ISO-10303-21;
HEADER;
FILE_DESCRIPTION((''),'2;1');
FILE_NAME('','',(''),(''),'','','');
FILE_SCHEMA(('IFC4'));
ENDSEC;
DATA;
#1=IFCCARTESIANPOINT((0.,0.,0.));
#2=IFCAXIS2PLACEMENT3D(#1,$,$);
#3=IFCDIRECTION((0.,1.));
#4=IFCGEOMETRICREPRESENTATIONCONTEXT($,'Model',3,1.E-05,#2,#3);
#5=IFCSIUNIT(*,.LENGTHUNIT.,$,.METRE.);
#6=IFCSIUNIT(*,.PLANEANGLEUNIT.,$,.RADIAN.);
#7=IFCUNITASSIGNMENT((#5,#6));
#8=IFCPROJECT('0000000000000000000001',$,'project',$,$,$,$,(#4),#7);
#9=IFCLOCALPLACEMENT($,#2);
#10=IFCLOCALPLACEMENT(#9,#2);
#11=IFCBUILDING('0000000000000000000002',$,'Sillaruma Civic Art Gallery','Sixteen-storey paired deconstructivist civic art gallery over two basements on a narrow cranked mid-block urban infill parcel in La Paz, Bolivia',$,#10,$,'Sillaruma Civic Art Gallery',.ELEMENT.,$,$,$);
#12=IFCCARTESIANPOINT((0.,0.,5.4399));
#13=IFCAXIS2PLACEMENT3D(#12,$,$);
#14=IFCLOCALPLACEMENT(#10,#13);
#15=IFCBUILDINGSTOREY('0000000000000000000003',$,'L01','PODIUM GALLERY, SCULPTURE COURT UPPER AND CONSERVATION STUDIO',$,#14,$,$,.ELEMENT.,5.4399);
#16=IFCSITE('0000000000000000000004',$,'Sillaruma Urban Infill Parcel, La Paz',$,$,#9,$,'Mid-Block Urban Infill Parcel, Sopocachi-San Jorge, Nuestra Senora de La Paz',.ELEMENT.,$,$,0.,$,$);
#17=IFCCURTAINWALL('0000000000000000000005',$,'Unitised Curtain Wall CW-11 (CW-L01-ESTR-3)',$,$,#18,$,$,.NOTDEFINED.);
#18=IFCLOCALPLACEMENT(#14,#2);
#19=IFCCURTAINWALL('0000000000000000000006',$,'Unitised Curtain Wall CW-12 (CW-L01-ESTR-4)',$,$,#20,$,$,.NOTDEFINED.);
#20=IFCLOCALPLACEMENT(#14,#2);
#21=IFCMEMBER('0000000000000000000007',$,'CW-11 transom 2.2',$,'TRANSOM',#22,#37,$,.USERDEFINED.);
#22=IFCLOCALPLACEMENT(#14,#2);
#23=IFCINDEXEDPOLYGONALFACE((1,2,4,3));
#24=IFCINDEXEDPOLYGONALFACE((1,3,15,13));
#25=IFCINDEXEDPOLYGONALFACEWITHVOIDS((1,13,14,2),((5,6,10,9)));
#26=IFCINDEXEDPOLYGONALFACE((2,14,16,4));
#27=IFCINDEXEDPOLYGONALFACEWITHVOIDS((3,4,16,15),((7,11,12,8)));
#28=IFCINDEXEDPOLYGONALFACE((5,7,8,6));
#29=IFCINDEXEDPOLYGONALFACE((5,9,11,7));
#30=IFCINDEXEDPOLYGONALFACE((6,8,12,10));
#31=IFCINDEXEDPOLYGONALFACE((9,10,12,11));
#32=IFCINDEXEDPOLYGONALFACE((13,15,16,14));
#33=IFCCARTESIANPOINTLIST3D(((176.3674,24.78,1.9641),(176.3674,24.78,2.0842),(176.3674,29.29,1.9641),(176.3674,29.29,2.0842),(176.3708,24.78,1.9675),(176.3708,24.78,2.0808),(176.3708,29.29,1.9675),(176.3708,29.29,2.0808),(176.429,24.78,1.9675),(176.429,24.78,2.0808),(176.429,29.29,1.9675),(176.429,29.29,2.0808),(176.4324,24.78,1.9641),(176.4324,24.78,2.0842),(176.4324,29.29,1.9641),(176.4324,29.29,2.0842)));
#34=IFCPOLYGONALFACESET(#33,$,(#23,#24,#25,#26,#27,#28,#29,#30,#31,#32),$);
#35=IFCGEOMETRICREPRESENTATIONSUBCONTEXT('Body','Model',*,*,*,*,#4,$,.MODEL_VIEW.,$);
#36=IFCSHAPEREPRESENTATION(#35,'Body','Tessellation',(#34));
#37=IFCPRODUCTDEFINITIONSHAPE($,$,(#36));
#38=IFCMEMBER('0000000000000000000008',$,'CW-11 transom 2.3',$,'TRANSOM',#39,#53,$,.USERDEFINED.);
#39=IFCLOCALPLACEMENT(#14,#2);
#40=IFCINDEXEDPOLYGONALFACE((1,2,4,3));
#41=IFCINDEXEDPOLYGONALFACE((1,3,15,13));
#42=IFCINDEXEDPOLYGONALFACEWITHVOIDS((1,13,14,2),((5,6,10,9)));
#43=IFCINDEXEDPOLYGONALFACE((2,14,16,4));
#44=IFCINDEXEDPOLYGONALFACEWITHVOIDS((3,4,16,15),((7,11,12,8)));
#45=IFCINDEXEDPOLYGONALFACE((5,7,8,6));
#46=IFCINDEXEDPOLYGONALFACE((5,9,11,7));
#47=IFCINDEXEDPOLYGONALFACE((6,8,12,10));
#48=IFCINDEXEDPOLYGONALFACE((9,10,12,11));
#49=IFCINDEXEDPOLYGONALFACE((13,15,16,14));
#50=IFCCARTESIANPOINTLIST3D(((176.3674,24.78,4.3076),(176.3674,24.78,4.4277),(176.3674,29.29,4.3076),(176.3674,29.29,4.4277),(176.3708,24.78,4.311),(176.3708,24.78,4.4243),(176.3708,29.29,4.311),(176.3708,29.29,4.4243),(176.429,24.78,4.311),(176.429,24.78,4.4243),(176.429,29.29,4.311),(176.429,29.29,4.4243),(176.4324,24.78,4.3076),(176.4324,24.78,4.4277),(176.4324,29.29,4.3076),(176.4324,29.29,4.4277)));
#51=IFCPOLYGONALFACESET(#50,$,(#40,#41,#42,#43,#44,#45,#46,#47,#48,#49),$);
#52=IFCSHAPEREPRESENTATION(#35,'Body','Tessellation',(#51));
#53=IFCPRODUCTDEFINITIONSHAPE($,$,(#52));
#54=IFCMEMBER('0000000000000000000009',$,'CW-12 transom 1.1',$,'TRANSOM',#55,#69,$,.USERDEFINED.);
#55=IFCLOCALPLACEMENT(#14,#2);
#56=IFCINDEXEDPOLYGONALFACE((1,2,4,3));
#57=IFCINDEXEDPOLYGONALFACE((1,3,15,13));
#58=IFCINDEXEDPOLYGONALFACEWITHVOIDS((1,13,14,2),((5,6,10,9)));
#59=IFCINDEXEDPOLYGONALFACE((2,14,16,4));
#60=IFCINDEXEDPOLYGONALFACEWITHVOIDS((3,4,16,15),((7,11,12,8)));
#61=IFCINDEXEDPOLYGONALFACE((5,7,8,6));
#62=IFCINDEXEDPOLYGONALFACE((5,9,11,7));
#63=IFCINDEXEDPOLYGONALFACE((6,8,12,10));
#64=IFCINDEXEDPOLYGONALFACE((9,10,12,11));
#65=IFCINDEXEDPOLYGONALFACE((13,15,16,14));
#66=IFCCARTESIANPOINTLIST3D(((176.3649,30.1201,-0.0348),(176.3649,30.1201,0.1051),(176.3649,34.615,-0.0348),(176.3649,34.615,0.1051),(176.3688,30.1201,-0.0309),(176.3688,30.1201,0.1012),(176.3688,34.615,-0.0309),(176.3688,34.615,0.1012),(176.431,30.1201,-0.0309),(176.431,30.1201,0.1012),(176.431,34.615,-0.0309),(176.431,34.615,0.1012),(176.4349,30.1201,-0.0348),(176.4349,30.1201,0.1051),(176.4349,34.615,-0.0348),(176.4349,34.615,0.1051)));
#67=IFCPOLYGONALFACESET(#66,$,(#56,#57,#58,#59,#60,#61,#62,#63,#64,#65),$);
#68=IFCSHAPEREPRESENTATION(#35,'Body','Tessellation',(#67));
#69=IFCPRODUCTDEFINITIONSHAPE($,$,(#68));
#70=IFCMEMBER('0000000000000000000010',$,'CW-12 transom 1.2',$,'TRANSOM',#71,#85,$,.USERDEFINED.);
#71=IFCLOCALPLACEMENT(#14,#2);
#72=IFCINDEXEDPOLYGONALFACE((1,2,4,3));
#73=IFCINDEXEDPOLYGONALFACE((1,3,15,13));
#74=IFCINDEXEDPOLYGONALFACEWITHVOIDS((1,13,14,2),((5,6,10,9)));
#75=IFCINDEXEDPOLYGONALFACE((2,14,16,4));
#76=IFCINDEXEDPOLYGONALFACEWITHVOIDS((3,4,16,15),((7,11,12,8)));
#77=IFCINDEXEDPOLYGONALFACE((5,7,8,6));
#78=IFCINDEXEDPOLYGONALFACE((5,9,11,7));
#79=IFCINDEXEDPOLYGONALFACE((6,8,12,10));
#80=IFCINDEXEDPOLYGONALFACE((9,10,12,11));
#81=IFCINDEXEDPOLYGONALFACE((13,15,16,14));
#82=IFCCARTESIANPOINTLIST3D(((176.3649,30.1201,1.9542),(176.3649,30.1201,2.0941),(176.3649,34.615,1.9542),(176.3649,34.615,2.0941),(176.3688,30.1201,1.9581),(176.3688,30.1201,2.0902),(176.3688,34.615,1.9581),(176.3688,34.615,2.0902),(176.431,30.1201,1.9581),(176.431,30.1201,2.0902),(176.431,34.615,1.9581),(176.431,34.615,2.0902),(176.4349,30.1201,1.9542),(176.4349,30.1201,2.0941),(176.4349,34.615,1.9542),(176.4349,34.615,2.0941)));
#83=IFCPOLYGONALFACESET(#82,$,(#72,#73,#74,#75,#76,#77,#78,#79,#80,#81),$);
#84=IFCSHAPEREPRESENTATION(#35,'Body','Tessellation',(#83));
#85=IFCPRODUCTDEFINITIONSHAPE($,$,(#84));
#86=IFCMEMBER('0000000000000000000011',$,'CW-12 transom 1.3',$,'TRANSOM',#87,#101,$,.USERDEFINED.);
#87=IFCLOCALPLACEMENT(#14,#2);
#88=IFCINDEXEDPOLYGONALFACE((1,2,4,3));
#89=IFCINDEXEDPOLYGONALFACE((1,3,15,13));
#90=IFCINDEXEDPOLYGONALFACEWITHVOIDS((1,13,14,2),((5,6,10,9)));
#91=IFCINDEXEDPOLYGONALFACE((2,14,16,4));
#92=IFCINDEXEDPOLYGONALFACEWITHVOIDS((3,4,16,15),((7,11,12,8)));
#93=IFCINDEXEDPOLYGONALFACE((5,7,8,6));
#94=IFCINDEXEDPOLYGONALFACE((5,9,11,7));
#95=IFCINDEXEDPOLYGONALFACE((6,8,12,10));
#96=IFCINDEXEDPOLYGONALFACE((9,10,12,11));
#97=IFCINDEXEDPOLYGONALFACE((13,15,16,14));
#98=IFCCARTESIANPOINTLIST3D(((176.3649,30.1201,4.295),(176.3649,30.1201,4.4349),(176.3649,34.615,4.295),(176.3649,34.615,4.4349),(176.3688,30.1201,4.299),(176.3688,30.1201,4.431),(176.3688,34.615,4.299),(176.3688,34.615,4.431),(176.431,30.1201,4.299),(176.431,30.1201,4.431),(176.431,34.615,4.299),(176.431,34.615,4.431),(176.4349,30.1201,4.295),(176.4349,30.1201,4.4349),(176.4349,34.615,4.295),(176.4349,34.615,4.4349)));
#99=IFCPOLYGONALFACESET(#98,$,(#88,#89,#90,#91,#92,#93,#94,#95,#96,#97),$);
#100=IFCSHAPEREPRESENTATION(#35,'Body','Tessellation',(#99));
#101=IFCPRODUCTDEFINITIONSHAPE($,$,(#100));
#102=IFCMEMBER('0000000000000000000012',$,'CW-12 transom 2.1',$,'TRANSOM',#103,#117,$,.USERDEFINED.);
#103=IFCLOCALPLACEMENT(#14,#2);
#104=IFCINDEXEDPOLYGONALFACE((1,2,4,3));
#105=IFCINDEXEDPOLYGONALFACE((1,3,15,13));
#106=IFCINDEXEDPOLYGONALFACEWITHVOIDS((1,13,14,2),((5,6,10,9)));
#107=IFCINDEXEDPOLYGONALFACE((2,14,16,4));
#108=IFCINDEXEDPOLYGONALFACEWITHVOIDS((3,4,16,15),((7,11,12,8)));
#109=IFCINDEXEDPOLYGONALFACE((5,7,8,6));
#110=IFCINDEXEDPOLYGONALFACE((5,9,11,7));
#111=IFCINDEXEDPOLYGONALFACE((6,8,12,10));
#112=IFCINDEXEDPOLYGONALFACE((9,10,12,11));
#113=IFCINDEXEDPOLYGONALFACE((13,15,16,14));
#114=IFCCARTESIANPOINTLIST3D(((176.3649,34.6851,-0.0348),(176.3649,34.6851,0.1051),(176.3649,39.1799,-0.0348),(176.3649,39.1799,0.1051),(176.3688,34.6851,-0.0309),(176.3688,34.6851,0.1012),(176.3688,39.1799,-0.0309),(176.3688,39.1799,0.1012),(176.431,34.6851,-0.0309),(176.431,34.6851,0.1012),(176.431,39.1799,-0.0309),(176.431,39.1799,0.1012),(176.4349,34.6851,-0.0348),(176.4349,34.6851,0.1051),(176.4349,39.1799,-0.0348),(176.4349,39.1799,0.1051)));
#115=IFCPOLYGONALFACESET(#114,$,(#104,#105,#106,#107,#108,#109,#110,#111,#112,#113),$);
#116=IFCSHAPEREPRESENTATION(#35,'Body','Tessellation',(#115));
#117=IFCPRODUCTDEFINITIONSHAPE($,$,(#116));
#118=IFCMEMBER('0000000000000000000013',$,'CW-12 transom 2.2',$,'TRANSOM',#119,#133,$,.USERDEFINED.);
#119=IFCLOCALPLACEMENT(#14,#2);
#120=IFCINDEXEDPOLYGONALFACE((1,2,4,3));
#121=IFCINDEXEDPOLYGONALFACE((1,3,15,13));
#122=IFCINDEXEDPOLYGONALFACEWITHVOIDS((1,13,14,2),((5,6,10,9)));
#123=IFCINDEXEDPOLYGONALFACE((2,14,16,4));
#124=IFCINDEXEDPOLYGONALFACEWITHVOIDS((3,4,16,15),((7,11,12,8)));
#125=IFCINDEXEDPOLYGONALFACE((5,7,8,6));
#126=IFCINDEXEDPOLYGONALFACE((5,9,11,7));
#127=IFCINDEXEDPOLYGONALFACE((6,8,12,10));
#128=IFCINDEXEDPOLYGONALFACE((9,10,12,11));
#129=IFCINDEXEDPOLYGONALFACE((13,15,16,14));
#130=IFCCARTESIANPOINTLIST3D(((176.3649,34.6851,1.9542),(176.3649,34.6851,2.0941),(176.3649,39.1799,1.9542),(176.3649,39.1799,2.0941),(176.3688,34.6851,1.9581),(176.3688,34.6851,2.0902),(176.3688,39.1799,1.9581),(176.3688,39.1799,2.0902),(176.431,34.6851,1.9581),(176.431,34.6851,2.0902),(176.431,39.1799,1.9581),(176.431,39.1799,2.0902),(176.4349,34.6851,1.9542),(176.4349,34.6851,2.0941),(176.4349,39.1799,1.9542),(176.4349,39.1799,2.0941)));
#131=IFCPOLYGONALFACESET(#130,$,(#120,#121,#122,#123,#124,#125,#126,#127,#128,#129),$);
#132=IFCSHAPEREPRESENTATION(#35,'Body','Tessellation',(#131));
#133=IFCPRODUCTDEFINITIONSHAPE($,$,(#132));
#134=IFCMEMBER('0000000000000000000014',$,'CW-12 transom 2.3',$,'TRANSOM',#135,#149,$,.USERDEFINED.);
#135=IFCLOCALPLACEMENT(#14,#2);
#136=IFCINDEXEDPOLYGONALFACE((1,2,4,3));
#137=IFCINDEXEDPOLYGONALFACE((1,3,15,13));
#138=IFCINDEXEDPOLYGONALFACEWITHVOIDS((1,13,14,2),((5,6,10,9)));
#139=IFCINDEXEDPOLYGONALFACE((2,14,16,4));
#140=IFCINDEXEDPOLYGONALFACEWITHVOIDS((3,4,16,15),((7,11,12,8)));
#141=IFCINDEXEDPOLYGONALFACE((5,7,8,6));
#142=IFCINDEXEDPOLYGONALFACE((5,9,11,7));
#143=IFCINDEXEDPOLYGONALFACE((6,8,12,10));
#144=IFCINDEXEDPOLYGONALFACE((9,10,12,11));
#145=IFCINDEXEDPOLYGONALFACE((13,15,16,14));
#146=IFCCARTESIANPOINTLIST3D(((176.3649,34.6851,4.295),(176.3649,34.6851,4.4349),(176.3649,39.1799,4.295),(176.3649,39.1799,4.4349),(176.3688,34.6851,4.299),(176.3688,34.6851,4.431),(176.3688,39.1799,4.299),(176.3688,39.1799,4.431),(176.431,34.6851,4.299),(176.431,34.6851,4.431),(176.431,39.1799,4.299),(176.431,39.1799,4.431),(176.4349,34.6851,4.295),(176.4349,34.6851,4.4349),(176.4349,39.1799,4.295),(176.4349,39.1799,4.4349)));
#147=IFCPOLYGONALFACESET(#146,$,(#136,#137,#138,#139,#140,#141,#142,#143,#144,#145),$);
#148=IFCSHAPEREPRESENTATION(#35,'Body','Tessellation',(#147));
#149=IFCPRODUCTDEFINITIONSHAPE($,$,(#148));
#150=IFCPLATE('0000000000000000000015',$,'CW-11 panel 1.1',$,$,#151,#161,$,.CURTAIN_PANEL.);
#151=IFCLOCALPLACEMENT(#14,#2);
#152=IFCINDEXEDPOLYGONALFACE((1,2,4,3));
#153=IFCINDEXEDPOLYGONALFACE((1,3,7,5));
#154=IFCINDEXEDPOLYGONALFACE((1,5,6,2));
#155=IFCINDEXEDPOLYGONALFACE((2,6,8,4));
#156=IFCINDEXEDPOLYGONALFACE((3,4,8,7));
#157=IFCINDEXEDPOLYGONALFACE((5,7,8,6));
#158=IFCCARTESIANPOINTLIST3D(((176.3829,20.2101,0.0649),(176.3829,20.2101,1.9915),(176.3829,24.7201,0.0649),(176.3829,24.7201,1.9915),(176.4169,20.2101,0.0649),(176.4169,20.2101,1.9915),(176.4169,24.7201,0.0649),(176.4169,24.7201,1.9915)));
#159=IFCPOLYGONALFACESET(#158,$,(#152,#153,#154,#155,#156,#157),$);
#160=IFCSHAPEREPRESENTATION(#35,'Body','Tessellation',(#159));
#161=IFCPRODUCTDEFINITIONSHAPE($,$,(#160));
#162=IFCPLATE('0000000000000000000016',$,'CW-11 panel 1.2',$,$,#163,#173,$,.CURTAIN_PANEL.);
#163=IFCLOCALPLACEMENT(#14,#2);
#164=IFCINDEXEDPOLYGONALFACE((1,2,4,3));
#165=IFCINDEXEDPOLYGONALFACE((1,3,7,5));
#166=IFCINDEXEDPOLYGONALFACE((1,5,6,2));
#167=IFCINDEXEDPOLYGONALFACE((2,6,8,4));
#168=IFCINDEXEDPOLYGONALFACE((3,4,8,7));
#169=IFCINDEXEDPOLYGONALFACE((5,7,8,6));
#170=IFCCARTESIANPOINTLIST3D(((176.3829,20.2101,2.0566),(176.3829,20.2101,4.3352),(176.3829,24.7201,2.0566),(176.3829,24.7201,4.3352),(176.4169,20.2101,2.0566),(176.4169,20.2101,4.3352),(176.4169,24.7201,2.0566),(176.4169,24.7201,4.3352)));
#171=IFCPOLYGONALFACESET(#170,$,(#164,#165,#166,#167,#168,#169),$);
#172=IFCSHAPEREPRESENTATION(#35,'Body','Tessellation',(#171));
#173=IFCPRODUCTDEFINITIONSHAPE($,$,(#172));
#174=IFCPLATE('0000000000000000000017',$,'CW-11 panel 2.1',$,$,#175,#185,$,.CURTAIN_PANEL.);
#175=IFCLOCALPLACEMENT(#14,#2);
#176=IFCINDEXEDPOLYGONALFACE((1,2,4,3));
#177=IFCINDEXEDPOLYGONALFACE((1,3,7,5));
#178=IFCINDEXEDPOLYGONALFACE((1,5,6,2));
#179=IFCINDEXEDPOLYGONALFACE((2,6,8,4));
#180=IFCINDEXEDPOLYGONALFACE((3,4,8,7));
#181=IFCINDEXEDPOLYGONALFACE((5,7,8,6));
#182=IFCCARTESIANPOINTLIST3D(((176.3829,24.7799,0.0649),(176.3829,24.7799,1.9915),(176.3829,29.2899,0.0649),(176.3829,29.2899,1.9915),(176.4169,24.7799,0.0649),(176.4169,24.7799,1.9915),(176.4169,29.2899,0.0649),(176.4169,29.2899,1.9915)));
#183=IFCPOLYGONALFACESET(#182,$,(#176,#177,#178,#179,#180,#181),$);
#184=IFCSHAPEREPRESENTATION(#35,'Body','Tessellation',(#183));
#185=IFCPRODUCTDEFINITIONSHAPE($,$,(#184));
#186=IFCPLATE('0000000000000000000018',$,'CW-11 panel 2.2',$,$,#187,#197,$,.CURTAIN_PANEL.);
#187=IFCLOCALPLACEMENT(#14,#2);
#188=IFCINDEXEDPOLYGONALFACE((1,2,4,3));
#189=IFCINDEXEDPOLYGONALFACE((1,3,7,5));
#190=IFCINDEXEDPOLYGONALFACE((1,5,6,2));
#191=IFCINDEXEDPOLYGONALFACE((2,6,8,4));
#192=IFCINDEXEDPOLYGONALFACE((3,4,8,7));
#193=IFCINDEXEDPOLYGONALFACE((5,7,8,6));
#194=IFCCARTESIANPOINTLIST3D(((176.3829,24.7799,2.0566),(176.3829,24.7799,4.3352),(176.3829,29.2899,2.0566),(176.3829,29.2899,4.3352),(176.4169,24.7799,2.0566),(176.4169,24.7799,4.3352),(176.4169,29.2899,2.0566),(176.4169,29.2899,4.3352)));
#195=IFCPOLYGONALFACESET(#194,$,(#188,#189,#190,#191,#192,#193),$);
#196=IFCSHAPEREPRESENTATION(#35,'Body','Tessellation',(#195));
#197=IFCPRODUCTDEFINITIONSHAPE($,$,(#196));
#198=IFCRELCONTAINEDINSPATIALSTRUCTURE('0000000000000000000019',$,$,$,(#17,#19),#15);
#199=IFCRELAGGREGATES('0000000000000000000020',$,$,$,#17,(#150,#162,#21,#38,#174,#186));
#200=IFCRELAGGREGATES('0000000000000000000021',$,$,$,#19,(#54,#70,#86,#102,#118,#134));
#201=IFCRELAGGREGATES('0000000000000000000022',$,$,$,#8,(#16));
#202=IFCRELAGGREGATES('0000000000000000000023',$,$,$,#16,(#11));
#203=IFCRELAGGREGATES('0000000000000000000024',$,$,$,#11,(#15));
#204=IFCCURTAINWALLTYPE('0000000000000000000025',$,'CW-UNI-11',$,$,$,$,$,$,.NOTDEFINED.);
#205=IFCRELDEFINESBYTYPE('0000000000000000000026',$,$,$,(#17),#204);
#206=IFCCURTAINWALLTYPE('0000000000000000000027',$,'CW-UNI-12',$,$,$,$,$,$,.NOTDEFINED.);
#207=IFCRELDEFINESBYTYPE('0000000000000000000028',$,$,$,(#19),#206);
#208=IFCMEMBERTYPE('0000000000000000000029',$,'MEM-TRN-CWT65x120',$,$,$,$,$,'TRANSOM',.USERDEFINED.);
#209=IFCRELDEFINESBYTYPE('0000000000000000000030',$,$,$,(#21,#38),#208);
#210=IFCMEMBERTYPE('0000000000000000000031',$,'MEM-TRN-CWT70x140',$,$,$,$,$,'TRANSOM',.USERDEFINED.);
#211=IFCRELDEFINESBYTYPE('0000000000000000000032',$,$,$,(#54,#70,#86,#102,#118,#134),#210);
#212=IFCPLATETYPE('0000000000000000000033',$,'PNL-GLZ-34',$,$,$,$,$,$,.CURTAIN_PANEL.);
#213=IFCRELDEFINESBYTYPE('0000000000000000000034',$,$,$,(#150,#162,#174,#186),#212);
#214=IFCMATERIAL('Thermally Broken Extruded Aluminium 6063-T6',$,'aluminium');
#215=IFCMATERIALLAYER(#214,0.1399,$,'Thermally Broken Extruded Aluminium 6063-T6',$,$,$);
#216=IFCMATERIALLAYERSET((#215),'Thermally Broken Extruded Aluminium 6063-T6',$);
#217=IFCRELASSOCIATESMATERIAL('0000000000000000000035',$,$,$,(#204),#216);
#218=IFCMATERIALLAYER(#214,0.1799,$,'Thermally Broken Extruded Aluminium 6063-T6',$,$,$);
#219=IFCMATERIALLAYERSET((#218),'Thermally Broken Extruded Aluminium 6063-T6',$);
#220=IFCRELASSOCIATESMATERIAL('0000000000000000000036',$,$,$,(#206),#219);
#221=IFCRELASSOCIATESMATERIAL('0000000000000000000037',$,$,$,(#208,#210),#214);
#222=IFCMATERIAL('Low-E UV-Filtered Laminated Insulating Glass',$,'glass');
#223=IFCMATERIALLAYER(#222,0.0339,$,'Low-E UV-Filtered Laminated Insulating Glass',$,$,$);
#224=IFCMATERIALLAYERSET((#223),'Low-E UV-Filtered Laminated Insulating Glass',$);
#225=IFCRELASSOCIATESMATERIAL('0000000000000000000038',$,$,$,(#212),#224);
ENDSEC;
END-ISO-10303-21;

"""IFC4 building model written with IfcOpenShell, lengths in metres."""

from ifc_helpers import new_model, si_unit, direction, frame, origin, origin_2d, place, context, subcontext, project, spatial, rectangle, hollow_rectangle, extrude, material, layer, layer_set, material_profile, profile_set, type_object, element, aggregate, save


model = new_model("IFC4")

# Units and contexts
model_context = context("Model", 3, precision=1e-05, world=origin(), true_north=direction((0.0, 1.0)))
body_context = subcontext(model_context, "Body", "Model", "MODEL_VIEW")
ifc_project = project(units=[si_unit("LENGTHUNIT", "METRE"), si_unit("PLANEANGLEUNIT", "RADIAN")], contexts=[model_context])

# Site, building, storey
site_placement = place(None, origin())
site = spatial("IfcSite", under=ifc_project, at=site_placement, Name="Sillaruma Urban Infill Parcel, La Paz", LongName="Mid-Block Urban Infill Parcel, Sopocachi-San Jorge, Nuestra Senora de La Paz", CompositionType="ELEMENT", RefElevation=0.0)
building_placement = place(site_placement, origin())
building = spatial("IfcBuilding", under=site, at=building_placement, Name="Sillaruma Civic Art Gallery", Description="Sixteen-storey paired deconstructivist civic art gallery over two basements on a narrow cranked mid-block urban infill parcel in La Paz, Bolivia", LongName="Sillaruma Civic Art Gallery", CompositionType="ELEMENT")
storey_placement = place(building_placement, frame((0.0, 0.0, 5.4399)))
storey = spatial("IfcBuildingStorey", under=building, at=storey_placement, Name="L01", Description="PODIUM GALLERY, SCULPTURE COURT UPPER AND CONSERVATION STUDIO", CompositionType="ELEMENT", Elevation=5.4399)

# Curtain walls
ifc_material_1 = material(Name="Thermally Broken Extruded Aluminium 6063-T6", Category="aluminium")
ifc_layer_1 = layer(ifc_material_1, 0.1399, Name="Thermally Broken Extruded Aluminium 6063-T6")
ifc_layer_set_1 = layer_set([ifc_layer_1], Name="Thermally Broken Extruded Aluminium 6063-T6")
curtain_wall_type_1 = type_object("IfcCurtainWallType", Name="CW-UNI-11", PredefinedType="NOTDEFINED", material=ifc_layer_set_1)
curtain_wall_1_placement = place(storey_placement, origin())
curtain_wall_1 = element("IfcCurtainWall", 1, at=curtain_wall_1_placement, inside=storey, type_object=curtain_wall_type_1, Name="Unitised Curtain Wall CW-11 (CW-L01-ESTR-3)", PredefinedType="NOTDEFINED")
ifc_layer_2 = layer(ifc_material_1, 0.1799, Name="Thermally Broken Extruded Aluminium 6063-T6")
ifc_layer_set_2 = layer_set([ifc_layer_2], Name="Thermally Broken Extruded Aluminium 6063-T6")
curtain_wall_type_2 = type_object("IfcCurtainWallType", Name="CW-UNI-12", PredefinedType="NOTDEFINED", material=ifc_layer_set_2)
curtain_wall_2_placement = place(storey_placement, origin())
curtain_wall_2 = element("IfcCurtainWall", 2, at=curtain_wall_2_placement, inside=storey, type_object=curtain_wall_type_2, Name="Unitised Curtain Wall CW-12 (CW-L01-ESTR-4)", PredefinedType="NOTDEFINED")

# Members
ifc_material_profile_1 = material_profile(ifc_material_1, hollow_rectangle(XDim=0.0649, YDim=0.1201, WallThickness=0.0034, at=origin_2d()), Name="CWT65x120")
ifc_profile_set_1 = profile_set([ifc_material_profile_1], Name="Thermally Broken Extruded Aluminium 6063-T6")
member_type_1 = type_object("IfcMemberType", Name="MEM-TRN-CWT65x120", ElementType="TRANSOM", PredefinedType="USERDEFINED", material=ifc_profile_set_1)
member_1_placement = place(storey_placement, frame((176.3999, 24.78, 2.0242), z_axis=(0.0, 1.0, 0.0), x_axis=(-1.0, 0.0, 0.0)))
member_1 = element("IfcMember", 3, at=member_1_placement, type_object=member_type_1, Name="CW-11 transom 2.2", ObjectType="TRANSOM", PredefinedType="USERDEFINED", context=body_context, shape_type="SweptSolid", body=[
    extrude(hollow_rectangle(XDim=0.0649, YDim=0.1201, WallThickness=0.0034, at=origin_2d()), origin(), (0.0, 0.0, 1.0), 4.51),
])
member_2_placement = place(storey_placement, frame((176.3999, 24.78, 4.3677), z_axis=(0.0, 1.0, 0.0), x_axis=(-1.0, 0.0, 0.0)))
member_2 = element("IfcMember", 4, at=member_2_placement, type_object=member_type_1, Name="CW-11 transom 2.3", ObjectType="TRANSOM", PredefinedType="USERDEFINED", context=body_context, shape_type="SweptSolid", body=[
    extrude(hollow_rectangle(XDim=0.0649, YDim=0.1201, WallThickness=0.0034, at=origin_2d()), origin(), (0.0, 0.0, 1.0), 4.51),
])
ifc_material_profile_2 = material_profile(ifc_material_1, hollow_rectangle(XDim=0.0701, YDim=0.1399, WallThickness=0.0039, at=origin_2d()), Name="CWT70x140")
ifc_profile_set_2 = profile_set([ifc_material_profile_2], Name="Thermally Broken Extruded Aluminium 6063-T6")
member_type_2 = type_object("IfcMemberType", Name="MEM-TRN-CWT70x140", ElementType="TRANSOM", PredefinedType="USERDEFINED", material=ifc_profile_set_2)
member_3_placement = place(storey_placement, frame((176.3999, 30.1201, 0.0352), z_axis=(0.0, 1.0, 0.0), x_axis=(-1.0, 0.0, 0.0)))
member_3 = element("IfcMember", 5, at=member_3_placement, type_object=member_type_2, Name="CW-12 transom 1.1", ObjectType="TRANSOM", PredefinedType="USERDEFINED", context=body_context, shape_type="SweptSolid", body=[
    extrude(hollow_rectangle(XDim=0.0701, YDim=0.1399, WallThickness=0.0039, at=origin_2d()), origin(), (0.0, 0.0, 1.0), 4.4949),
])
member_4_placement = place(storey_placement, frame((176.3999, 30.1201, 2.0242), z_axis=(0.0, 1.0, 0.0), x_axis=(-1.0, 0.0, 0.0)))
member_4 = element("IfcMember", 6, at=member_4_placement, type_object=member_type_2, Name="CW-12 transom 1.2", ObjectType="TRANSOM", PredefinedType="USERDEFINED", context=body_context, shape_type="SweptSolid", body=[
    extrude(hollow_rectangle(XDim=0.0701, YDim=0.1399, WallThickness=0.0039, at=origin_2d()), origin(), (0.0, 0.0, 1.0), 4.4949),
])
member_5_placement = place(storey_placement, frame((176.3999, 30.1201, 4.365), z_axis=(0.0, 1.0, 0.0), x_axis=(-1.0, 0.0, 0.0)))
member_5 = element("IfcMember", 7, at=member_5_placement, type_object=member_type_2, Name="CW-12 transom 1.3", ObjectType="TRANSOM", PredefinedType="USERDEFINED", context=body_context, shape_type="SweptSolid", body=[
    extrude(hollow_rectangle(XDim=0.0701, YDim=0.1399, WallThickness=0.0039, at=origin_2d()), origin(), (0.0, 0.0, 1.0), 4.4949),
])
member_6_placement = place(storey_placement, frame((176.3999, 34.6851, 0.0352), z_axis=(0.0, 1.0, 0.0), x_axis=(-1.0, 0.0, 0.0)))
member_6 = element("IfcMember", 8, at=member_6_placement, type_object=member_type_2, Name="CW-12 transom 2.1", ObjectType="TRANSOM", PredefinedType="USERDEFINED", context=body_context, shape_type="SweptSolid", body=[
    extrude(hollow_rectangle(XDim=0.0701, YDim=0.1399, WallThickness=0.0039, at=origin_2d()), origin(), (0.0, 0.0, 1.0), 4.4949),
])
member_7_placement = place(storey_placement, frame((176.3999, 34.6851, 2.0242), z_axis=(0.0, 1.0, 0.0), x_axis=(-1.0, 0.0, 0.0)))
member_7 = element("IfcMember", 9, at=member_7_placement, type_object=member_type_2, Name="CW-12 transom 2.2", ObjectType="TRANSOM", PredefinedType="USERDEFINED", context=body_context, shape_type="SweptSolid", body=[
    extrude(hollow_rectangle(XDim=0.0701, YDim=0.1399, WallThickness=0.0039, at=origin_2d()), origin(), (0.0, 0.0, 1.0), 4.4949),
])
member_8_placement = place(storey_placement, frame((176.3999, 34.6851, 4.365), z_axis=(0.0, 1.0, 0.0), x_axis=(-1.0, 0.0, 0.0)))
member_8 = element("IfcMember", 10, at=member_8_placement, type_object=member_type_2, Name="CW-12 transom 2.3", ObjectType="TRANSOM", PredefinedType="USERDEFINED", context=body_context, shape_type="SweptSolid", body=[
    extrude(hollow_rectangle(XDim=0.0701, YDim=0.1399, WallThickness=0.0039, at=origin_2d()), origin(), (0.0, 0.0, 1.0), 4.4949),
])

# Plates
ifc_material_2 = material(Name="Low-E UV-Filtered Laminated Insulating Glass", Category="glass")
ifc_layer_3 = layer(ifc_material_2, 0.0339, Name="Low-E UV-Filtered Laminated Insulating Glass")
ifc_layer_set_3 = layer_set([ifc_layer_3], Name="Low-E UV-Filtered Laminated Insulating Glass")
plate_type_1 = type_object("IfcPlateType", Name="PNL-GLZ-34", PredefinedType="CURTAIN_PANEL", material=ifc_layer_set_3)
plate_1_placement = place(storey_placement, frame((176.3999, 22.4651, 0.0649), z_axis=(0.0, 0.0, 1.0), x_axis=(0.0, 1.0, 0.0)))
plate_1 = element("IfcPlate", 11, at=plate_1_placement, type_object=plate_type_1, Name="CW-11 panel 1.1", PredefinedType="CURTAIN_PANEL", context=body_context, shape_type="SweptSolid", body=[
    extrude(rectangle(XDim=4.51, YDim=0.0339, at=origin_2d()), origin(), (0.0, 0.0, 1.0), 1.9265),
])
plate_2_placement = place(storey_placement, frame((176.3999, 22.4651, 2.0566), z_axis=(0.0, 0.0, 1.0), x_axis=(0.0, 1.0, 0.0)))
plate_2 = element("IfcPlate", 12, at=plate_2_placement, type_object=plate_type_1, Name="CW-11 panel 1.2", PredefinedType="CURTAIN_PANEL", context=body_context, shape_type="SweptSolid", body=[
    extrude(rectangle(XDim=4.51, YDim=0.0339, at=origin_2d()), origin(), (0.0, 0.0, 1.0), 2.2786),
])
plate_3_placement = place(storey_placement, frame((176.3999, 27.0349, 0.0649), z_axis=(0.0, 0.0, 1.0), x_axis=(0.0, 1.0, 0.0)))
plate_3 = element("IfcPlate", 13, at=plate_3_placement, type_object=plate_type_1, Name="CW-11 panel 2.1", PredefinedType="CURTAIN_PANEL", context=body_context, shape_type="SweptSolid", body=[
    extrude(rectangle(XDim=4.51, YDim=0.0339, at=origin_2d()), origin(), (0.0, 0.0, 1.0), 1.9265),
])
plate_4_placement = place(storey_placement, frame((176.3999, 27.0349, 2.0566), z_axis=(0.0, 0.0, 1.0), x_axis=(0.0, 1.0, 0.0)))
plate_4 = element("IfcPlate", 14, at=plate_4_placement, type_object=plate_type_1, Name="CW-11 panel 2.2", PredefinedType="CURTAIN_PANEL", context=body_context, shape_type="SweptSolid", body=[
    extrude(rectangle(XDim=4.51, YDim=0.0339, at=origin_2d()), origin(), (0.0, 0.0, 1.0), 2.2786),
])
aggregate(curtain_wall_1, [plate_1, plate_2, member_1, member_2, plate_3, plate_4])
aggregate(curtain_wall_2, [member_3, member_4, member_5, member_6, member_7, member_8])

save(model, "model.ifc")
